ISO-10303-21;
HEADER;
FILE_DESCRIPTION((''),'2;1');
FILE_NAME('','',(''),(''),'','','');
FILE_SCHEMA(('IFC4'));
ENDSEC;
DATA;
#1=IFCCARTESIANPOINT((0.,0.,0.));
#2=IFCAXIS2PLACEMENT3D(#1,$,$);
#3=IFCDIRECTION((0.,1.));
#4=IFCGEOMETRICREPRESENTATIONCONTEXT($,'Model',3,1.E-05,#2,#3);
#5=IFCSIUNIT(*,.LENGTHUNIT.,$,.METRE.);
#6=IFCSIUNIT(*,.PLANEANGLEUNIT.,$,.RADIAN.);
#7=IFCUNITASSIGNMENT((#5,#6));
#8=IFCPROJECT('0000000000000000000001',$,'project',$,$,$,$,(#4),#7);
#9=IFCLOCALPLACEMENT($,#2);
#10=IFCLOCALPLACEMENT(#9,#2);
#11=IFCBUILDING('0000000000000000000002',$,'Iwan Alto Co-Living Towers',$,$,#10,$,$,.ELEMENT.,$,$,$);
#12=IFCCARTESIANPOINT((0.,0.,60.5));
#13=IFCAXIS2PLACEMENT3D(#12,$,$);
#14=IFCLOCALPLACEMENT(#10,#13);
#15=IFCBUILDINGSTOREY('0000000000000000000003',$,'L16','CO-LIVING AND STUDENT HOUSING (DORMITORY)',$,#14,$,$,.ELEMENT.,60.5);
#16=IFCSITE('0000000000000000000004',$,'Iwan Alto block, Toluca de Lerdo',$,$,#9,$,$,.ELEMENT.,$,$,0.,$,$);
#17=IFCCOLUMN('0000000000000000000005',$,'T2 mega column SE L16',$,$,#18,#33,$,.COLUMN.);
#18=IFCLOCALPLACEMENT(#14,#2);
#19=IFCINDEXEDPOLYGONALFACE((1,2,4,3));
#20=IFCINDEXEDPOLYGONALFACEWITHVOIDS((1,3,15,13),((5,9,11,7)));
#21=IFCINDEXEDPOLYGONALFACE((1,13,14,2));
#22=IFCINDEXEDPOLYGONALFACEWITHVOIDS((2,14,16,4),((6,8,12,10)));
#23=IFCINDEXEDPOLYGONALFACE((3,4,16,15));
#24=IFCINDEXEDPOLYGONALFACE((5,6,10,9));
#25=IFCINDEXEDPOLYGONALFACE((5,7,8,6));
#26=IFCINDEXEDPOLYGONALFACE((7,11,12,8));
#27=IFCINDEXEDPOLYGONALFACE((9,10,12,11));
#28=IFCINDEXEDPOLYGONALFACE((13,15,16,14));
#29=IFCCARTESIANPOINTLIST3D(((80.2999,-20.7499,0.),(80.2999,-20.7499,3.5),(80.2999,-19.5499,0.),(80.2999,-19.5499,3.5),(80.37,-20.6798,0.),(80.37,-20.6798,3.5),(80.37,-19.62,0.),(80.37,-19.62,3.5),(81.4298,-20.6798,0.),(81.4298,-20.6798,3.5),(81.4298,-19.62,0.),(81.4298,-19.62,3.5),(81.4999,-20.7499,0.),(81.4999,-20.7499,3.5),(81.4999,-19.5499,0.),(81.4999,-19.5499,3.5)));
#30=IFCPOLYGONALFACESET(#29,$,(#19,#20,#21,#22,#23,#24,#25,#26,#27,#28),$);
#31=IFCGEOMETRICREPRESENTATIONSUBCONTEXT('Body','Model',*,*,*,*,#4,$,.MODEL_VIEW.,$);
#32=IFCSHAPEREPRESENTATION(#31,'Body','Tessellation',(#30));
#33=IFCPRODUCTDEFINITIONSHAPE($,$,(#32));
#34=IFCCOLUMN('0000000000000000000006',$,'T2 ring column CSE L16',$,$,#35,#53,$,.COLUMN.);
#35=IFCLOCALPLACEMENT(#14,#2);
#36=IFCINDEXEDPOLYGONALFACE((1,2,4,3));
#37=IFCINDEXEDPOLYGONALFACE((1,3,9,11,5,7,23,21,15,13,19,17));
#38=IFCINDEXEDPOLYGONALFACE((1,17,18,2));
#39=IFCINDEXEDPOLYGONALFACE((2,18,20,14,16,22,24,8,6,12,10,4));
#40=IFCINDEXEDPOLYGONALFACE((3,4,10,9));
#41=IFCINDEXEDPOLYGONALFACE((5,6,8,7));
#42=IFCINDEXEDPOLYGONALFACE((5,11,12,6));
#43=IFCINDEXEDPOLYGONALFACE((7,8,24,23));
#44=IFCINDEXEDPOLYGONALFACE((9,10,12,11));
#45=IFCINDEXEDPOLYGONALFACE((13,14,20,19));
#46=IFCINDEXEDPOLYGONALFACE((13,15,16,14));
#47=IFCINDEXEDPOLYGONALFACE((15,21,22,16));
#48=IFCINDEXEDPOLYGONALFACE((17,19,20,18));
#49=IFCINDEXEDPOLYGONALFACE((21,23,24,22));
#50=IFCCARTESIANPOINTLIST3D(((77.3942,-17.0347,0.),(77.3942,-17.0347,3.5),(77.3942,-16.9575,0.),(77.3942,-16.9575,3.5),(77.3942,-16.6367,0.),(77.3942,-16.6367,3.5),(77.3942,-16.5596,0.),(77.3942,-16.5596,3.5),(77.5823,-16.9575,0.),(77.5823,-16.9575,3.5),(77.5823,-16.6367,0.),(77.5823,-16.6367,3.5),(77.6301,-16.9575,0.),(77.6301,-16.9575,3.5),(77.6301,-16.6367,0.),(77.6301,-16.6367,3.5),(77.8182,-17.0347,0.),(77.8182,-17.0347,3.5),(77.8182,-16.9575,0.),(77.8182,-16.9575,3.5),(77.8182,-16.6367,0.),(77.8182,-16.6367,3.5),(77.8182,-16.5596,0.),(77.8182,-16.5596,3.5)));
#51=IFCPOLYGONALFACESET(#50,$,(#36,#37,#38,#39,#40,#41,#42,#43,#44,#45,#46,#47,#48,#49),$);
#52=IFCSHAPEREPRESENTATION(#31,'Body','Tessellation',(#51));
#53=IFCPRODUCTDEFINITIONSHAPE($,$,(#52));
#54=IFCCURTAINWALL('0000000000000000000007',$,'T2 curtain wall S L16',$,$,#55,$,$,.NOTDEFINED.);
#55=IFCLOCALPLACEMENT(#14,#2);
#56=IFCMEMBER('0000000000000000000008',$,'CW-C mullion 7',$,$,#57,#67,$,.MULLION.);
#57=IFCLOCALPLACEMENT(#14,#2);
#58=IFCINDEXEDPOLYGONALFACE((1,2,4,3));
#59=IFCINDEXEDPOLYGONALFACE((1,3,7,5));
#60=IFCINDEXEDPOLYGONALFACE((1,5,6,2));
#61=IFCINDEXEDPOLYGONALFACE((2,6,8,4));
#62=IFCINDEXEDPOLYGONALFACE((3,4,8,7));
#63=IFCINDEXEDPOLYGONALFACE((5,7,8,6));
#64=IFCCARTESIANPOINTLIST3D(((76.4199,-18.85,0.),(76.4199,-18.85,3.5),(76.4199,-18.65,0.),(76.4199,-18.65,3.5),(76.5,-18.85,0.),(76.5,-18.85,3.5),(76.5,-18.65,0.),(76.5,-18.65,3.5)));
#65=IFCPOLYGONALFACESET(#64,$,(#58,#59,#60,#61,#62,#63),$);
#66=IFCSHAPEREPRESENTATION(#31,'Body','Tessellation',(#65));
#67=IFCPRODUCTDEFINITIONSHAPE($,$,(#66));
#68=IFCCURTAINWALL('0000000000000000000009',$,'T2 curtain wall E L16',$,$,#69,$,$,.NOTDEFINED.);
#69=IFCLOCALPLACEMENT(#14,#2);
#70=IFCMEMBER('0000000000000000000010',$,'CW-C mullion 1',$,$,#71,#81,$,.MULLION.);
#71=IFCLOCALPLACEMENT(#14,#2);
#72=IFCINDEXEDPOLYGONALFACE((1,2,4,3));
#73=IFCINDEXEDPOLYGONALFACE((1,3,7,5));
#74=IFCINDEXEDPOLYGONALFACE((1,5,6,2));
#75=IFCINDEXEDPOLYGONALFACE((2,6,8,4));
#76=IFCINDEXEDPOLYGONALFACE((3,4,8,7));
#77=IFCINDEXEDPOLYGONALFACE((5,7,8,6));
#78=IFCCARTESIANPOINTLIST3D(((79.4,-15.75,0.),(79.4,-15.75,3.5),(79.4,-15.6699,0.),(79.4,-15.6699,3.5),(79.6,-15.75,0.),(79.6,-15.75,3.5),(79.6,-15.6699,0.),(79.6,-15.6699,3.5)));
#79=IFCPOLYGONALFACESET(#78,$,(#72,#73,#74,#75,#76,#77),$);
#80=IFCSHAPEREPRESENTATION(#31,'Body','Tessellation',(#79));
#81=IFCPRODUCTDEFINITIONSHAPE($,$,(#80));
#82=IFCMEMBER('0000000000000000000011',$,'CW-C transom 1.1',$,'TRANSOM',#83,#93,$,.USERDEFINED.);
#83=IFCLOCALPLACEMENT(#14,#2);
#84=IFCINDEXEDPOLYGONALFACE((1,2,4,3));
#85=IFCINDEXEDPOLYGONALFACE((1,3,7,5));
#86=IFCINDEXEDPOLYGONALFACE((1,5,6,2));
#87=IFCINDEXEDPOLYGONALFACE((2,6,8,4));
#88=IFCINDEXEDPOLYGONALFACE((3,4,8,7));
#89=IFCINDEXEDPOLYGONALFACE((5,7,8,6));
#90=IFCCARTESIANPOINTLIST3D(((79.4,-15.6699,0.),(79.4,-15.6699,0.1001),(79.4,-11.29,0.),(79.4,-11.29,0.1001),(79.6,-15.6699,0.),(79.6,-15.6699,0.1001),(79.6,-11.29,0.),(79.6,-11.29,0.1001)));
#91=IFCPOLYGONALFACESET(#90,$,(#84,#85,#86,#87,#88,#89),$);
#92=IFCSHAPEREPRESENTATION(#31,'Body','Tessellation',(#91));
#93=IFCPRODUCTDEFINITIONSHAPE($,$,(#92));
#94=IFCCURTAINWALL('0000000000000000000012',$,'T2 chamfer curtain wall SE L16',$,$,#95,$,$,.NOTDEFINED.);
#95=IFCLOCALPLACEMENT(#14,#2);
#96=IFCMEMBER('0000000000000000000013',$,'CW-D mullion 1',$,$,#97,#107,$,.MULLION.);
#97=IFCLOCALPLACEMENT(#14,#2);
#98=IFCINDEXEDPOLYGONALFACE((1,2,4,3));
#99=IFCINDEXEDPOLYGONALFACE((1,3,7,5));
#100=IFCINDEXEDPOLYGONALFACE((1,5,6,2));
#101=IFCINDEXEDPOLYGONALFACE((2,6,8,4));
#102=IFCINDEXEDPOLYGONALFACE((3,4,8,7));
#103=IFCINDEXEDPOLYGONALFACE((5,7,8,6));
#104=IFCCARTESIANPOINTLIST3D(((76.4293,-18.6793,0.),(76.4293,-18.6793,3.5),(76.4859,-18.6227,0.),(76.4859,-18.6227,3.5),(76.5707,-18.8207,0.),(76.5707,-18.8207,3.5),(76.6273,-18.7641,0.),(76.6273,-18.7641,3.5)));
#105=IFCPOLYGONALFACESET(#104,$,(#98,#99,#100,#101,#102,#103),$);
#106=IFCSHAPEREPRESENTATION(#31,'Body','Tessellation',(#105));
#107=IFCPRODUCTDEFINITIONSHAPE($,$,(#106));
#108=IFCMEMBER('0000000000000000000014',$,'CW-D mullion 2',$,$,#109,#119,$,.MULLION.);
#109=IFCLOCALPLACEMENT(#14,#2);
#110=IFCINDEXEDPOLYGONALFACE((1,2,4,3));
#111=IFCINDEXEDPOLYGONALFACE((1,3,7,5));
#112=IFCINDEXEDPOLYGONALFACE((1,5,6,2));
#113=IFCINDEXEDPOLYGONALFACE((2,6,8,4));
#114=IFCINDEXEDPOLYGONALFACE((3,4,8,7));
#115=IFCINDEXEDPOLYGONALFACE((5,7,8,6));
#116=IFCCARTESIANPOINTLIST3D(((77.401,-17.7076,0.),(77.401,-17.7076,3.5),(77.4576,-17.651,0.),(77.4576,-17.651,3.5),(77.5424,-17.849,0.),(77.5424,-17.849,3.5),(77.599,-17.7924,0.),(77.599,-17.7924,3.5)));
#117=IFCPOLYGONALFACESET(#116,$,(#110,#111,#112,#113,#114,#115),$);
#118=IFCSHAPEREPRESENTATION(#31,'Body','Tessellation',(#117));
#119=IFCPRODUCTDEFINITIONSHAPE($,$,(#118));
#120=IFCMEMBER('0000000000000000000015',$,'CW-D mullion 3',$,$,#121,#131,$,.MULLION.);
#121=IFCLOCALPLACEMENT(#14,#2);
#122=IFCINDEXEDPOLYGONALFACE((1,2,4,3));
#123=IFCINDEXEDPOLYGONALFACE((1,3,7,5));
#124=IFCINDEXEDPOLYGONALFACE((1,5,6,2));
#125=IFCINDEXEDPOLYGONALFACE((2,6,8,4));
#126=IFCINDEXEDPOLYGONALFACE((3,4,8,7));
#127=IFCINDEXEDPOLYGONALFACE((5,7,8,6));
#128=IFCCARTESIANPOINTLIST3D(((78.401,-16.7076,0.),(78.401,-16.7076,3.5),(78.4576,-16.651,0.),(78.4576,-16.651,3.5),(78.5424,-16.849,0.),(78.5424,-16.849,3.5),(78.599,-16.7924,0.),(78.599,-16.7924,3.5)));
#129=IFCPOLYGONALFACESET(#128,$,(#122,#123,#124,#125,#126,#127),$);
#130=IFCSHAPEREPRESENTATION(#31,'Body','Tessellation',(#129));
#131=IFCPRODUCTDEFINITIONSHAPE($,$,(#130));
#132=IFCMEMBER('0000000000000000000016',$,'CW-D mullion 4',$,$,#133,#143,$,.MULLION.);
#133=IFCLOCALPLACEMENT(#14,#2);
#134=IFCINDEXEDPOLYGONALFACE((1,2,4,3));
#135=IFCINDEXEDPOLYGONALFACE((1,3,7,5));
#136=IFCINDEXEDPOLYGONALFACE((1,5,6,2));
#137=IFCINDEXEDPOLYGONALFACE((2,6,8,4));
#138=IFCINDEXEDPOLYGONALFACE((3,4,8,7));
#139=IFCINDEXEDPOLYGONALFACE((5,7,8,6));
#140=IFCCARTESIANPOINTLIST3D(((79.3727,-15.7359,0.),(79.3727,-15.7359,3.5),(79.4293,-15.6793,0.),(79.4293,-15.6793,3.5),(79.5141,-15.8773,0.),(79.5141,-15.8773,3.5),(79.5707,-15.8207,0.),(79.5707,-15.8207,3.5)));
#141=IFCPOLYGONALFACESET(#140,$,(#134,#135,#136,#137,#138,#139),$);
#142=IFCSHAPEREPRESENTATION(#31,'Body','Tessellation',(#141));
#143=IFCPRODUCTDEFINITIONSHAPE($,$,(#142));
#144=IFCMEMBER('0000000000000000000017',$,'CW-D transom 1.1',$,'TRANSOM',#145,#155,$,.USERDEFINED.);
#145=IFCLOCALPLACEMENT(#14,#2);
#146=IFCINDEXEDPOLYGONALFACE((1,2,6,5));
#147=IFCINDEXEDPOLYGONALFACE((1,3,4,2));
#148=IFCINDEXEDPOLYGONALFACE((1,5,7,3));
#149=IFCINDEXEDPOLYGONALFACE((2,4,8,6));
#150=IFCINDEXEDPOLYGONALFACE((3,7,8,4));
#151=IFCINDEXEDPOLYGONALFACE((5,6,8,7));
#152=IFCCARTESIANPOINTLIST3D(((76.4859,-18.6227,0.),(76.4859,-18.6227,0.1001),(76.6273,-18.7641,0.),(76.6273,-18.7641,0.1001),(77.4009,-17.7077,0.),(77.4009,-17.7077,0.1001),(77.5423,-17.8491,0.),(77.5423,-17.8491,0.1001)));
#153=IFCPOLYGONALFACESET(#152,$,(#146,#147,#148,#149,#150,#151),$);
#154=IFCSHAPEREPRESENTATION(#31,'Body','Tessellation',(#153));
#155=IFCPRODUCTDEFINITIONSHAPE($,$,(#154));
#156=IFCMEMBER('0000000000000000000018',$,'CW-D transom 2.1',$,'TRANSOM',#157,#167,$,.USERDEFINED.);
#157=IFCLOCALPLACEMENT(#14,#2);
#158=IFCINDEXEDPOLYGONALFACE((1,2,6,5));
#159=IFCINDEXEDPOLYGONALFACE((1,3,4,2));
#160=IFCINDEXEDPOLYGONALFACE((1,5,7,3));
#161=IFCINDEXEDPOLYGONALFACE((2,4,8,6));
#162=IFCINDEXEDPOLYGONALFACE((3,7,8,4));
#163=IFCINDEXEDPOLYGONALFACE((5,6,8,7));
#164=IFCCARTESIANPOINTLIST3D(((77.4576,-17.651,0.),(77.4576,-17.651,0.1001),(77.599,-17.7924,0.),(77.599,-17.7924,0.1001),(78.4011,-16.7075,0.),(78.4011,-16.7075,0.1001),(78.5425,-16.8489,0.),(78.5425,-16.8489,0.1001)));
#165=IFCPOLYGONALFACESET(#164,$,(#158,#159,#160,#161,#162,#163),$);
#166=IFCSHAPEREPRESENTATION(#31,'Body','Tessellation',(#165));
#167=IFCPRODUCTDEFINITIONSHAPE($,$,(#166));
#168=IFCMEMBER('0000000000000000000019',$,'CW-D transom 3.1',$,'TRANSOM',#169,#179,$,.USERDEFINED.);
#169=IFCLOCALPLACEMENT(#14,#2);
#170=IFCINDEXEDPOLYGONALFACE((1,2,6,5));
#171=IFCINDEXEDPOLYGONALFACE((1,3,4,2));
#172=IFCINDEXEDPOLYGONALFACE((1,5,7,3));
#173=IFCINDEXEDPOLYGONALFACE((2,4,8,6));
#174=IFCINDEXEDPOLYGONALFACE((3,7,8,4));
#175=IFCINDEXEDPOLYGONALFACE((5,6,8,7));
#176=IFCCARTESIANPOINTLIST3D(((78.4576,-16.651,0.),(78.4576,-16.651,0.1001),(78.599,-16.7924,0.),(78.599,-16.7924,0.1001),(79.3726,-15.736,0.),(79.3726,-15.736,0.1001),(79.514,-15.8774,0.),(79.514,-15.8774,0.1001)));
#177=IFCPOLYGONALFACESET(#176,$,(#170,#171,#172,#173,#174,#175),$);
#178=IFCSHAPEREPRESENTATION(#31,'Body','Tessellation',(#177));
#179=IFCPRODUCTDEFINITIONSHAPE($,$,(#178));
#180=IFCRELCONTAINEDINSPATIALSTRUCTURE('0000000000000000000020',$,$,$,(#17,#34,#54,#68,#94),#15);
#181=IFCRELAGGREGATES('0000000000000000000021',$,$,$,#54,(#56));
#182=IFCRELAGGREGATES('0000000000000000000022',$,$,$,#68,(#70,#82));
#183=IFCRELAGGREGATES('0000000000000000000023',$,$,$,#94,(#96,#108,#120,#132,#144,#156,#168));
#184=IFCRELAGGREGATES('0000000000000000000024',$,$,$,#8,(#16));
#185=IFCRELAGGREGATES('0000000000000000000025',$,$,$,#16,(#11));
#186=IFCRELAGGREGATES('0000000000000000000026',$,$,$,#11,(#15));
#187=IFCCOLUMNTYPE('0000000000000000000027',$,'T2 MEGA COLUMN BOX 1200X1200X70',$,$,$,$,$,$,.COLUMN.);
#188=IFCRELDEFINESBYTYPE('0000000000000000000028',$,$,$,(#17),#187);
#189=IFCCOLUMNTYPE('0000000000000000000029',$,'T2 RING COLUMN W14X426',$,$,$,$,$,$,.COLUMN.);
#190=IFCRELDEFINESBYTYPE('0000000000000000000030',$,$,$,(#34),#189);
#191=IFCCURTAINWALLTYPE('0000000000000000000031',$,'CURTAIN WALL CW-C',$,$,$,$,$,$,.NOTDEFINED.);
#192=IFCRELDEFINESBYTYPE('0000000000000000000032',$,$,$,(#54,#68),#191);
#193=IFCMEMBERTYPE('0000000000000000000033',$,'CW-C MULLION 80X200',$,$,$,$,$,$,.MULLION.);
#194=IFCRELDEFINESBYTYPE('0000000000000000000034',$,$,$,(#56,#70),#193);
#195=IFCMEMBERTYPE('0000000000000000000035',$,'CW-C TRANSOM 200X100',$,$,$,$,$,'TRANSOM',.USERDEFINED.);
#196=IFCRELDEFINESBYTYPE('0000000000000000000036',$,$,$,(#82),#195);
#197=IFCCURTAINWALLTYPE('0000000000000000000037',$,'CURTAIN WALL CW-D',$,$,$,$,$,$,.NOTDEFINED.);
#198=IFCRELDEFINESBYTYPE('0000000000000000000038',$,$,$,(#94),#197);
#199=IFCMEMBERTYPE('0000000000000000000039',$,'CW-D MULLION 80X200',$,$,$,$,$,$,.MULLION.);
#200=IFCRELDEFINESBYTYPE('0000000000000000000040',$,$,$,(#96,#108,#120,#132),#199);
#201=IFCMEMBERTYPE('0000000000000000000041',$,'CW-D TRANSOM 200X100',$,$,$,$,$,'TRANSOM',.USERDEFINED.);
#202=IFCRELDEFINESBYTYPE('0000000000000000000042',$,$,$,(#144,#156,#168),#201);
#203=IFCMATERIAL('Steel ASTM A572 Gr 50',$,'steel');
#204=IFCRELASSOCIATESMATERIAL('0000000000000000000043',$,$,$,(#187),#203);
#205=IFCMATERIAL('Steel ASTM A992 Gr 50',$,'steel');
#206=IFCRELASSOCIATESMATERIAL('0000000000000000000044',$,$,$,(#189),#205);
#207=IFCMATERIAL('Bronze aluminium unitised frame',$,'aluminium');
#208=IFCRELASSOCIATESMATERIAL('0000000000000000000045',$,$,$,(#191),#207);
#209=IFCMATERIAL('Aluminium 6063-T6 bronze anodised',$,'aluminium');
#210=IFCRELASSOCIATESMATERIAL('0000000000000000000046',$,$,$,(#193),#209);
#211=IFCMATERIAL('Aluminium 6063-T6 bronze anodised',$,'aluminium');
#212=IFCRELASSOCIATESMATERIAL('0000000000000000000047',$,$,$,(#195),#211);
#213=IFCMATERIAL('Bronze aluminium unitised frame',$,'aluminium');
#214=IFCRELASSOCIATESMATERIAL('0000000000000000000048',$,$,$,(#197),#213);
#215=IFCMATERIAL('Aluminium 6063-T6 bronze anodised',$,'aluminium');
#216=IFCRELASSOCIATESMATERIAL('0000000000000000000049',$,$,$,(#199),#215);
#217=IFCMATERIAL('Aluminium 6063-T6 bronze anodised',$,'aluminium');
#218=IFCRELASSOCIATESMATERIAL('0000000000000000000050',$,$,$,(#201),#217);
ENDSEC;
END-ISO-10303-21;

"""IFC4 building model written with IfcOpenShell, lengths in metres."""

from ifc_helpers import new_model, si_unit, direction, frame, origin, origin_2d, place, context, subcontext, project, spatial, rectangle, hollow_rectangle, i_section, extrude, material, material_profile, profile_set, type_object, element, aggregate, save


model = new_model("IFC4")

# Units and contexts
model_context = context("Model", 3, precision=1e-05, world=origin(), true_north=direction((0.0, 1.0)))
body_context = subcontext(model_context, "Body", "Model", "MODEL_VIEW")
ifc_project = project(units=[si_unit("LENGTHUNIT", "METRE"), si_unit("PLANEANGLEUNIT", "RADIAN")], contexts=[model_context])

# Site, building, storey
site_placement = place(None, origin())
site = spatial("IfcSite", under=ifc_project, at=site_placement, Name="Iwan Alto block, Toluca de Lerdo", CompositionType="ELEMENT", RefElevation=0.0)
building_placement = place(site_placement, origin())
building = spatial("IfcBuilding", under=site, at=building_placement, Name="Iwan Alto Co-Living Towers", CompositionType="ELEMENT")
storey_placement = place(building_placement, frame((0.0, 0.0, 60.5)))
storey = spatial("IfcBuildingStorey", under=building, at=storey_placement, Name="L16", Description="CO-LIVING AND STUDENT HOUSING (DORMITORY)", CompositionType="ELEMENT", Elevation=60.5)

# Columns
ifc_material_1 = material(Name="Steel ASTM A572 Gr 50", Category="steel")
ifc_material_profile_1 = material_profile(ifc_material_1, hollow_rectangle(XDim=1.2, YDim=1.2, WallThickness=0.0701, at=origin_2d()), Name="BOX 1200X1200X70")
ifc_profile_set_1 = profile_set([ifc_material_profile_1], Name="Steel ASTM A572 Gr 50")
column_type_1 = type_object("IfcColumnType", Name="T2 MEGA COLUMN BOX 1200X1200X70", PredefinedType="COLUMN", material=ifc_profile_set_1)
column_1_placement = place(storey_placement, frame((80.8999, -20.1499, 0.0), z_axis=(0.0, 0.0, 1.0), x_axis=(1.0, 0.0, 0.0)))
element("IfcColumn", 1, at=column_1_placement, inside=storey, type_object=column_type_1, Name="T2 mega column SE L16", PredefinedType="COLUMN", context=body_context, shape_type="SweptSolid", body=[
    extrude(hollow_rectangle(XDim=1.2, YDim=1.2, WallThickness=0.0701, at=origin_2d()), origin(), (0.0, 0.0, 1.0), 3.5),
])
ifc_material_2 = material(Name="Steel ASTM A992 Gr 50", Category="steel")
ifc_material_profile_2 = material_profile(ifc_material_2, i_section(OverallWidth=0.4241, OverallDepth=0.4751, WebThickness=0.0479, FlangeThickness=0.0771, at=origin_2d()), Name="W14X426")
ifc_profile_set_2 = profile_set([ifc_material_profile_2], Name="Steel ASTM A992 Gr 50")
column_type_2 = type_object("IfcColumnType", Name="T2 RING COLUMN W14X426", PredefinedType="COLUMN", material=ifc_profile_set_2)
column_2_placement = place(storey_placement, frame((77.6062, -16.7971, 0.0), z_axis=(0.0, 0.0, 1.0), x_axis=(1.0, 0.0, 0.0)))
element("IfcColumn", 2, at=column_2_placement, inside=storey, type_object=column_type_2, Name="T2 ring column CSE L16", PredefinedType="COLUMN", context=body_context, shape_type="SweptSolid", body=[
    extrude(i_section(OverallWidth=0.4241, OverallDepth=0.4751, WebThickness=0.0479, FlangeThickness=0.0771, at=origin_2d()), origin(), (0.0, 0.0, 1.0), 3.5),
])

# Curtain wall, member
ifc_material_3 = material(Name="Bronze aluminium unitised frame", Category="aluminium")
curtain_wall_type_1 = type_object("IfcCurtainWallType", Name="CURTAIN WALL CW-C", PredefinedType="NOTDEFINED", material=ifc_material_3)
curtain_wall_1_placement = place(storey_placement, origin())
curtain_wall_1 = element("IfcCurtainWall", 3, at=curtain_wall_1_placement, inside=storey, type_object=curtain_wall_type_1, Name="T2 curtain wall S L16", PredefinedType="NOTDEFINED")
ifc_material_4 = material(Name="Aluminium 6063-T6 bronze anodised", Category="aluminium")
ifc_material_profile_3 = material_profile(ifc_material_4, rectangle(XDim=0.2, YDim=0.0801, at=origin_2d()), Name="AL 80X200")
ifc_profile_set_3 = profile_set([ifc_material_profile_3], Name="Aluminium 6063-T6 bronze anodised")
member_type_1 = type_object("IfcMemberType", Name="CW-C MULLION 80X200", PredefinedType="MULLION", material=ifc_profile_set_3)
member_1_placement = place(storey_placement, frame((76.46, -18.75, 0.0), z_axis=(0.0, 0.0, 1.0), x_axis=(0.0, 1.0, 0.0)))
member_1 = element("IfcMember", 4, at=member_1_placement, type_object=member_type_1, Name="CW-C mullion 7", PredefinedType="MULLION", context=body_context, shape_type="SweptSolid", body=[
    extrude(rectangle(XDim=0.2, YDim=0.0801, at=origin_2d()), origin(), (0.0, 0.0, 1.0), 3.5),
])

# Curtain walls, members
curtain_wall_2_placement = place(storey_placement, origin())
curtain_wall_2 = element("IfcCurtainWall", 5, at=curtain_wall_2_placement, inside=storey, type_object=curtain_wall_type_1, Name="T2 curtain wall E L16", PredefinedType="NOTDEFINED")
member_2_placement = place(storey_placement, frame((79.5, -15.71, 0.0), z_axis=(0.0, 0.0, 1.0), x_axis=(-1.0, 0.0, 0.0)))
member_2 = element("IfcMember", 6, at=member_2_placement, type_object=member_type_1, Name="CW-C mullion 1", PredefinedType="MULLION", context=body_context, shape_type="SweptSolid", body=[
    extrude(rectangle(XDim=0.2, YDim=0.0801, at=origin_2d()), origin(), (0.0, 0.0, 1.0), 3.5),
])
ifc_material_5 = material(Name="Aluminium 6063-T6 bronze anodised", Category="aluminium")
ifc_material_profile_4 = material_profile(ifc_material_5, rectangle(XDim=0.2, YDim=0.1001, at=origin_2d()), Name="AL 200X100")
ifc_profile_set_4 = profile_set([ifc_material_profile_4], Name="Aluminium 6063-T6 bronze anodised")
member_type_2 = type_object("IfcMemberType", Name="CW-C TRANSOM 200X100", ElementType="TRANSOM", PredefinedType="USERDEFINED", material=ifc_profile_set_4)
member_3_placement = place(storey_placement, frame((79.5, -15.6699, 0.05), z_axis=(0.0, 1.0, 0.0), x_axis=(-1.0, 0.0, 0.0)))
member_3 = element("IfcMember", 7, at=member_3_placement, type_object=member_type_2, Name="CW-C transom 1.1", ObjectType="TRANSOM", PredefinedType="USERDEFINED", context=body_context, shape_type="SweptSolid", body=[
    extrude(rectangle(XDim=0.2, YDim=0.1001, at=origin_2d()), origin(), (0.0, 0.0, 1.0), 4.3799),
])
ifc_material_6 = material(Name="Bronze aluminium unitised frame", Category="aluminium")
curtain_wall_type_2 = type_object("IfcCurtainWallType", Name="CURTAIN WALL CW-D", PredefinedType="NOTDEFINED", material=ifc_material_6)
curtain_wall_3_placement = place(storey_placement, origin())
curtain_wall_3 = element("IfcCurtainWall", 8, at=curtain_wall_3_placement, inside=storey, type_object=curtain_wall_type_2, Name="T2 chamfer curtain wall SE L16", PredefinedType="NOTDEFINED")
ifc_material_7 = material(Name="Aluminium 6063-T6 bronze anodised", Category="aluminium")
ifc_material_profile_5 = material_profile(ifc_material_7, rectangle(XDim=0.2, YDim=0.0801, at=origin_2d()), Name="AL 80X200")
ifc_profile_set_5 = profile_set([ifc_material_profile_5], Name="Aluminium 6063-T6 bronze anodised")
member_type_3 = type_object("IfcMemberType", Name="CW-D MULLION 80X200", PredefinedType="MULLION", material=ifc_profile_set_5)
member_4_placement = place(storey_placement, frame((76.5283, -18.7217, 0.0), z_axis=(0.0, 0.0, 1.0), x_axis=(-0.707107, 0.707107, 0.0)))
member_4 = element("IfcMember", 9, at=member_4_placement, type_object=member_type_3, Name="CW-D mullion 1", PredefinedType="MULLION", context=body_context, shape_type="SweptSolid", body=[
    extrude(rectangle(XDim=0.2, YDim=0.0801, at=origin_2d()), origin(), (0.0, 0.0, 1.0), 3.5),
])
member_5_placement = place(storey_placement, frame((77.5, -17.75, 0.0), z_axis=(0.0, 0.0, 1.0), x_axis=(-0.707107, 0.707107, 0.0)))
member_5 = element("IfcMember", 10, at=member_5_placement, type_object=member_type_3, Name="CW-D mullion 2", PredefinedType="MULLION", context=body_context, shape_type="SweptSolid", body=[
    extrude(rectangle(XDim=0.2, YDim=0.0801, at=origin_2d()), origin(), (0.0, 0.0, 1.0), 3.5),
])
member_6_placement = place(storey_placement, frame((78.5, -16.75, 0.0), z_axis=(0.0, 0.0, 1.0), x_axis=(-0.707107, 0.707107, 0.0)))
member_6 = element("IfcMember", 11, at=member_6_placement, type_object=member_type_3, Name="CW-D mullion 3", PredefinedType="MULLION", context=body_context, shape_type="SweptSolid", body=[
    extrude(rectangle(XDim=0.2, YDim=0.0801, at=origin_2d()), origin(), (0.0, 0.0, 1.0), 3.5),
])
member_7_placement = place(storey_placement, frame((79.4717, -15.7783, 0.0), z_axis=(0.0, 0.0, 1.0), x_axis=(-0.707107, 0.707107, 0.0)))
member_7 = element("IfcMember", 12, at=member_7_placement, type_object=member_type_3, Name="CW-D mullion 4", PredefinedType="MULLION", context=body_context, shape_type="SweptSolid", body=[
    extrude(rectangle(XDim=0.2, YDim=0.0801, at=origin_2d()), origin(), (0.0, 0.0, 1.0), 3.5),
])
ifc_material_8 = material(Name="Aluminium 6063-T6 bronze anodised", Category="aluminium")
ifc_material_profile_6 = material_profile(ifc_material_8, rectangle(XDim=0.2, YDim=0.1001, at=origin_2d()), Name="AL 200X100")
ifc_profile_set_6 = profile_set([ifc_material_profile_6], Name="Aluminium 6063-T6 bronze anodised")
member_type_4 = type_object("IfcMemberType", Name="CW-D TRANSOM 200X100", ElementType="TRANSOM", PredefinedType="USERDEFINED", material=ifc_profile_set_6)
member_8_placement = place(storey_placement, frame((76.5566, -18.6934, 0.05), z_axis=(0.707107, 0.707107, 0.0), x_axis=(-0.707107, 0.707107, 0.0)))
member_8 = element("IfcMember", 13, at=member_8_placement, type_object=member_type_4, Name="CW-D transom 1.1", ObjectType="TRANSOM", PredefinedType="USERDEFINED", context=body_context, shape_type="SweptSolid", body=[
    extrude(rectangle(XDim=0.2, YDim=0.1001, at=origin_2d()), origin(), (0.0, 0.0, 1.0), 1.2939),
])
member_9_placement = place(storey_placement, frame((77.5283, -17.7217, 0.05), z_axis=(0.707107, 0.707107, 0.0), x_axis=(-0.707107, 0.707107, 0.0)))
member_9 = element("IfcMember", 14, at=member_9_placement, type_object=member_type_4, Name="CW-D transom 2.1", ObjectType="TRANSOM", PredefinedType="USERDEFINED", context=body_context, shape_type="SweptSolid", body=[
    extrude(rectangle(XDim=0.2, YDim=0.1001, at=origin_2d()), origin(), (0.0, 0.0, 1.0), 1.3342),
])
member_10_placement = place(storey_placement, frame((78.5283, -16.7217, 0.05), z_axis=(0.707107, 0.707107, 0.0), x_axis=(-0.707107, 0.707107, 0.0)))
member_10 = element("IfcMember", 15, at=member_10_placement, type_object=member_type_4, Name="CW-D transom 3.1", ObjectType="TRANSOM", PredefinedType="USERDEFINED", context=body_context, shape_type="SweptSolid", body=[
    extrude(rectangle(XDim=0.2, YDim=0.1001, at=origin_2d()), origin(), (0.0, 0.0, 1.0), 1.2939),
])

aggregate(curtain_wall_1, [member_1])
aggregate(curtain_wall_2, [member_2, member_3])
aggregate(curtain_wall_3, [member_4, member_5, member_6, member_7, member_8, member_9, member_10])

save(model, "model.ifc")
